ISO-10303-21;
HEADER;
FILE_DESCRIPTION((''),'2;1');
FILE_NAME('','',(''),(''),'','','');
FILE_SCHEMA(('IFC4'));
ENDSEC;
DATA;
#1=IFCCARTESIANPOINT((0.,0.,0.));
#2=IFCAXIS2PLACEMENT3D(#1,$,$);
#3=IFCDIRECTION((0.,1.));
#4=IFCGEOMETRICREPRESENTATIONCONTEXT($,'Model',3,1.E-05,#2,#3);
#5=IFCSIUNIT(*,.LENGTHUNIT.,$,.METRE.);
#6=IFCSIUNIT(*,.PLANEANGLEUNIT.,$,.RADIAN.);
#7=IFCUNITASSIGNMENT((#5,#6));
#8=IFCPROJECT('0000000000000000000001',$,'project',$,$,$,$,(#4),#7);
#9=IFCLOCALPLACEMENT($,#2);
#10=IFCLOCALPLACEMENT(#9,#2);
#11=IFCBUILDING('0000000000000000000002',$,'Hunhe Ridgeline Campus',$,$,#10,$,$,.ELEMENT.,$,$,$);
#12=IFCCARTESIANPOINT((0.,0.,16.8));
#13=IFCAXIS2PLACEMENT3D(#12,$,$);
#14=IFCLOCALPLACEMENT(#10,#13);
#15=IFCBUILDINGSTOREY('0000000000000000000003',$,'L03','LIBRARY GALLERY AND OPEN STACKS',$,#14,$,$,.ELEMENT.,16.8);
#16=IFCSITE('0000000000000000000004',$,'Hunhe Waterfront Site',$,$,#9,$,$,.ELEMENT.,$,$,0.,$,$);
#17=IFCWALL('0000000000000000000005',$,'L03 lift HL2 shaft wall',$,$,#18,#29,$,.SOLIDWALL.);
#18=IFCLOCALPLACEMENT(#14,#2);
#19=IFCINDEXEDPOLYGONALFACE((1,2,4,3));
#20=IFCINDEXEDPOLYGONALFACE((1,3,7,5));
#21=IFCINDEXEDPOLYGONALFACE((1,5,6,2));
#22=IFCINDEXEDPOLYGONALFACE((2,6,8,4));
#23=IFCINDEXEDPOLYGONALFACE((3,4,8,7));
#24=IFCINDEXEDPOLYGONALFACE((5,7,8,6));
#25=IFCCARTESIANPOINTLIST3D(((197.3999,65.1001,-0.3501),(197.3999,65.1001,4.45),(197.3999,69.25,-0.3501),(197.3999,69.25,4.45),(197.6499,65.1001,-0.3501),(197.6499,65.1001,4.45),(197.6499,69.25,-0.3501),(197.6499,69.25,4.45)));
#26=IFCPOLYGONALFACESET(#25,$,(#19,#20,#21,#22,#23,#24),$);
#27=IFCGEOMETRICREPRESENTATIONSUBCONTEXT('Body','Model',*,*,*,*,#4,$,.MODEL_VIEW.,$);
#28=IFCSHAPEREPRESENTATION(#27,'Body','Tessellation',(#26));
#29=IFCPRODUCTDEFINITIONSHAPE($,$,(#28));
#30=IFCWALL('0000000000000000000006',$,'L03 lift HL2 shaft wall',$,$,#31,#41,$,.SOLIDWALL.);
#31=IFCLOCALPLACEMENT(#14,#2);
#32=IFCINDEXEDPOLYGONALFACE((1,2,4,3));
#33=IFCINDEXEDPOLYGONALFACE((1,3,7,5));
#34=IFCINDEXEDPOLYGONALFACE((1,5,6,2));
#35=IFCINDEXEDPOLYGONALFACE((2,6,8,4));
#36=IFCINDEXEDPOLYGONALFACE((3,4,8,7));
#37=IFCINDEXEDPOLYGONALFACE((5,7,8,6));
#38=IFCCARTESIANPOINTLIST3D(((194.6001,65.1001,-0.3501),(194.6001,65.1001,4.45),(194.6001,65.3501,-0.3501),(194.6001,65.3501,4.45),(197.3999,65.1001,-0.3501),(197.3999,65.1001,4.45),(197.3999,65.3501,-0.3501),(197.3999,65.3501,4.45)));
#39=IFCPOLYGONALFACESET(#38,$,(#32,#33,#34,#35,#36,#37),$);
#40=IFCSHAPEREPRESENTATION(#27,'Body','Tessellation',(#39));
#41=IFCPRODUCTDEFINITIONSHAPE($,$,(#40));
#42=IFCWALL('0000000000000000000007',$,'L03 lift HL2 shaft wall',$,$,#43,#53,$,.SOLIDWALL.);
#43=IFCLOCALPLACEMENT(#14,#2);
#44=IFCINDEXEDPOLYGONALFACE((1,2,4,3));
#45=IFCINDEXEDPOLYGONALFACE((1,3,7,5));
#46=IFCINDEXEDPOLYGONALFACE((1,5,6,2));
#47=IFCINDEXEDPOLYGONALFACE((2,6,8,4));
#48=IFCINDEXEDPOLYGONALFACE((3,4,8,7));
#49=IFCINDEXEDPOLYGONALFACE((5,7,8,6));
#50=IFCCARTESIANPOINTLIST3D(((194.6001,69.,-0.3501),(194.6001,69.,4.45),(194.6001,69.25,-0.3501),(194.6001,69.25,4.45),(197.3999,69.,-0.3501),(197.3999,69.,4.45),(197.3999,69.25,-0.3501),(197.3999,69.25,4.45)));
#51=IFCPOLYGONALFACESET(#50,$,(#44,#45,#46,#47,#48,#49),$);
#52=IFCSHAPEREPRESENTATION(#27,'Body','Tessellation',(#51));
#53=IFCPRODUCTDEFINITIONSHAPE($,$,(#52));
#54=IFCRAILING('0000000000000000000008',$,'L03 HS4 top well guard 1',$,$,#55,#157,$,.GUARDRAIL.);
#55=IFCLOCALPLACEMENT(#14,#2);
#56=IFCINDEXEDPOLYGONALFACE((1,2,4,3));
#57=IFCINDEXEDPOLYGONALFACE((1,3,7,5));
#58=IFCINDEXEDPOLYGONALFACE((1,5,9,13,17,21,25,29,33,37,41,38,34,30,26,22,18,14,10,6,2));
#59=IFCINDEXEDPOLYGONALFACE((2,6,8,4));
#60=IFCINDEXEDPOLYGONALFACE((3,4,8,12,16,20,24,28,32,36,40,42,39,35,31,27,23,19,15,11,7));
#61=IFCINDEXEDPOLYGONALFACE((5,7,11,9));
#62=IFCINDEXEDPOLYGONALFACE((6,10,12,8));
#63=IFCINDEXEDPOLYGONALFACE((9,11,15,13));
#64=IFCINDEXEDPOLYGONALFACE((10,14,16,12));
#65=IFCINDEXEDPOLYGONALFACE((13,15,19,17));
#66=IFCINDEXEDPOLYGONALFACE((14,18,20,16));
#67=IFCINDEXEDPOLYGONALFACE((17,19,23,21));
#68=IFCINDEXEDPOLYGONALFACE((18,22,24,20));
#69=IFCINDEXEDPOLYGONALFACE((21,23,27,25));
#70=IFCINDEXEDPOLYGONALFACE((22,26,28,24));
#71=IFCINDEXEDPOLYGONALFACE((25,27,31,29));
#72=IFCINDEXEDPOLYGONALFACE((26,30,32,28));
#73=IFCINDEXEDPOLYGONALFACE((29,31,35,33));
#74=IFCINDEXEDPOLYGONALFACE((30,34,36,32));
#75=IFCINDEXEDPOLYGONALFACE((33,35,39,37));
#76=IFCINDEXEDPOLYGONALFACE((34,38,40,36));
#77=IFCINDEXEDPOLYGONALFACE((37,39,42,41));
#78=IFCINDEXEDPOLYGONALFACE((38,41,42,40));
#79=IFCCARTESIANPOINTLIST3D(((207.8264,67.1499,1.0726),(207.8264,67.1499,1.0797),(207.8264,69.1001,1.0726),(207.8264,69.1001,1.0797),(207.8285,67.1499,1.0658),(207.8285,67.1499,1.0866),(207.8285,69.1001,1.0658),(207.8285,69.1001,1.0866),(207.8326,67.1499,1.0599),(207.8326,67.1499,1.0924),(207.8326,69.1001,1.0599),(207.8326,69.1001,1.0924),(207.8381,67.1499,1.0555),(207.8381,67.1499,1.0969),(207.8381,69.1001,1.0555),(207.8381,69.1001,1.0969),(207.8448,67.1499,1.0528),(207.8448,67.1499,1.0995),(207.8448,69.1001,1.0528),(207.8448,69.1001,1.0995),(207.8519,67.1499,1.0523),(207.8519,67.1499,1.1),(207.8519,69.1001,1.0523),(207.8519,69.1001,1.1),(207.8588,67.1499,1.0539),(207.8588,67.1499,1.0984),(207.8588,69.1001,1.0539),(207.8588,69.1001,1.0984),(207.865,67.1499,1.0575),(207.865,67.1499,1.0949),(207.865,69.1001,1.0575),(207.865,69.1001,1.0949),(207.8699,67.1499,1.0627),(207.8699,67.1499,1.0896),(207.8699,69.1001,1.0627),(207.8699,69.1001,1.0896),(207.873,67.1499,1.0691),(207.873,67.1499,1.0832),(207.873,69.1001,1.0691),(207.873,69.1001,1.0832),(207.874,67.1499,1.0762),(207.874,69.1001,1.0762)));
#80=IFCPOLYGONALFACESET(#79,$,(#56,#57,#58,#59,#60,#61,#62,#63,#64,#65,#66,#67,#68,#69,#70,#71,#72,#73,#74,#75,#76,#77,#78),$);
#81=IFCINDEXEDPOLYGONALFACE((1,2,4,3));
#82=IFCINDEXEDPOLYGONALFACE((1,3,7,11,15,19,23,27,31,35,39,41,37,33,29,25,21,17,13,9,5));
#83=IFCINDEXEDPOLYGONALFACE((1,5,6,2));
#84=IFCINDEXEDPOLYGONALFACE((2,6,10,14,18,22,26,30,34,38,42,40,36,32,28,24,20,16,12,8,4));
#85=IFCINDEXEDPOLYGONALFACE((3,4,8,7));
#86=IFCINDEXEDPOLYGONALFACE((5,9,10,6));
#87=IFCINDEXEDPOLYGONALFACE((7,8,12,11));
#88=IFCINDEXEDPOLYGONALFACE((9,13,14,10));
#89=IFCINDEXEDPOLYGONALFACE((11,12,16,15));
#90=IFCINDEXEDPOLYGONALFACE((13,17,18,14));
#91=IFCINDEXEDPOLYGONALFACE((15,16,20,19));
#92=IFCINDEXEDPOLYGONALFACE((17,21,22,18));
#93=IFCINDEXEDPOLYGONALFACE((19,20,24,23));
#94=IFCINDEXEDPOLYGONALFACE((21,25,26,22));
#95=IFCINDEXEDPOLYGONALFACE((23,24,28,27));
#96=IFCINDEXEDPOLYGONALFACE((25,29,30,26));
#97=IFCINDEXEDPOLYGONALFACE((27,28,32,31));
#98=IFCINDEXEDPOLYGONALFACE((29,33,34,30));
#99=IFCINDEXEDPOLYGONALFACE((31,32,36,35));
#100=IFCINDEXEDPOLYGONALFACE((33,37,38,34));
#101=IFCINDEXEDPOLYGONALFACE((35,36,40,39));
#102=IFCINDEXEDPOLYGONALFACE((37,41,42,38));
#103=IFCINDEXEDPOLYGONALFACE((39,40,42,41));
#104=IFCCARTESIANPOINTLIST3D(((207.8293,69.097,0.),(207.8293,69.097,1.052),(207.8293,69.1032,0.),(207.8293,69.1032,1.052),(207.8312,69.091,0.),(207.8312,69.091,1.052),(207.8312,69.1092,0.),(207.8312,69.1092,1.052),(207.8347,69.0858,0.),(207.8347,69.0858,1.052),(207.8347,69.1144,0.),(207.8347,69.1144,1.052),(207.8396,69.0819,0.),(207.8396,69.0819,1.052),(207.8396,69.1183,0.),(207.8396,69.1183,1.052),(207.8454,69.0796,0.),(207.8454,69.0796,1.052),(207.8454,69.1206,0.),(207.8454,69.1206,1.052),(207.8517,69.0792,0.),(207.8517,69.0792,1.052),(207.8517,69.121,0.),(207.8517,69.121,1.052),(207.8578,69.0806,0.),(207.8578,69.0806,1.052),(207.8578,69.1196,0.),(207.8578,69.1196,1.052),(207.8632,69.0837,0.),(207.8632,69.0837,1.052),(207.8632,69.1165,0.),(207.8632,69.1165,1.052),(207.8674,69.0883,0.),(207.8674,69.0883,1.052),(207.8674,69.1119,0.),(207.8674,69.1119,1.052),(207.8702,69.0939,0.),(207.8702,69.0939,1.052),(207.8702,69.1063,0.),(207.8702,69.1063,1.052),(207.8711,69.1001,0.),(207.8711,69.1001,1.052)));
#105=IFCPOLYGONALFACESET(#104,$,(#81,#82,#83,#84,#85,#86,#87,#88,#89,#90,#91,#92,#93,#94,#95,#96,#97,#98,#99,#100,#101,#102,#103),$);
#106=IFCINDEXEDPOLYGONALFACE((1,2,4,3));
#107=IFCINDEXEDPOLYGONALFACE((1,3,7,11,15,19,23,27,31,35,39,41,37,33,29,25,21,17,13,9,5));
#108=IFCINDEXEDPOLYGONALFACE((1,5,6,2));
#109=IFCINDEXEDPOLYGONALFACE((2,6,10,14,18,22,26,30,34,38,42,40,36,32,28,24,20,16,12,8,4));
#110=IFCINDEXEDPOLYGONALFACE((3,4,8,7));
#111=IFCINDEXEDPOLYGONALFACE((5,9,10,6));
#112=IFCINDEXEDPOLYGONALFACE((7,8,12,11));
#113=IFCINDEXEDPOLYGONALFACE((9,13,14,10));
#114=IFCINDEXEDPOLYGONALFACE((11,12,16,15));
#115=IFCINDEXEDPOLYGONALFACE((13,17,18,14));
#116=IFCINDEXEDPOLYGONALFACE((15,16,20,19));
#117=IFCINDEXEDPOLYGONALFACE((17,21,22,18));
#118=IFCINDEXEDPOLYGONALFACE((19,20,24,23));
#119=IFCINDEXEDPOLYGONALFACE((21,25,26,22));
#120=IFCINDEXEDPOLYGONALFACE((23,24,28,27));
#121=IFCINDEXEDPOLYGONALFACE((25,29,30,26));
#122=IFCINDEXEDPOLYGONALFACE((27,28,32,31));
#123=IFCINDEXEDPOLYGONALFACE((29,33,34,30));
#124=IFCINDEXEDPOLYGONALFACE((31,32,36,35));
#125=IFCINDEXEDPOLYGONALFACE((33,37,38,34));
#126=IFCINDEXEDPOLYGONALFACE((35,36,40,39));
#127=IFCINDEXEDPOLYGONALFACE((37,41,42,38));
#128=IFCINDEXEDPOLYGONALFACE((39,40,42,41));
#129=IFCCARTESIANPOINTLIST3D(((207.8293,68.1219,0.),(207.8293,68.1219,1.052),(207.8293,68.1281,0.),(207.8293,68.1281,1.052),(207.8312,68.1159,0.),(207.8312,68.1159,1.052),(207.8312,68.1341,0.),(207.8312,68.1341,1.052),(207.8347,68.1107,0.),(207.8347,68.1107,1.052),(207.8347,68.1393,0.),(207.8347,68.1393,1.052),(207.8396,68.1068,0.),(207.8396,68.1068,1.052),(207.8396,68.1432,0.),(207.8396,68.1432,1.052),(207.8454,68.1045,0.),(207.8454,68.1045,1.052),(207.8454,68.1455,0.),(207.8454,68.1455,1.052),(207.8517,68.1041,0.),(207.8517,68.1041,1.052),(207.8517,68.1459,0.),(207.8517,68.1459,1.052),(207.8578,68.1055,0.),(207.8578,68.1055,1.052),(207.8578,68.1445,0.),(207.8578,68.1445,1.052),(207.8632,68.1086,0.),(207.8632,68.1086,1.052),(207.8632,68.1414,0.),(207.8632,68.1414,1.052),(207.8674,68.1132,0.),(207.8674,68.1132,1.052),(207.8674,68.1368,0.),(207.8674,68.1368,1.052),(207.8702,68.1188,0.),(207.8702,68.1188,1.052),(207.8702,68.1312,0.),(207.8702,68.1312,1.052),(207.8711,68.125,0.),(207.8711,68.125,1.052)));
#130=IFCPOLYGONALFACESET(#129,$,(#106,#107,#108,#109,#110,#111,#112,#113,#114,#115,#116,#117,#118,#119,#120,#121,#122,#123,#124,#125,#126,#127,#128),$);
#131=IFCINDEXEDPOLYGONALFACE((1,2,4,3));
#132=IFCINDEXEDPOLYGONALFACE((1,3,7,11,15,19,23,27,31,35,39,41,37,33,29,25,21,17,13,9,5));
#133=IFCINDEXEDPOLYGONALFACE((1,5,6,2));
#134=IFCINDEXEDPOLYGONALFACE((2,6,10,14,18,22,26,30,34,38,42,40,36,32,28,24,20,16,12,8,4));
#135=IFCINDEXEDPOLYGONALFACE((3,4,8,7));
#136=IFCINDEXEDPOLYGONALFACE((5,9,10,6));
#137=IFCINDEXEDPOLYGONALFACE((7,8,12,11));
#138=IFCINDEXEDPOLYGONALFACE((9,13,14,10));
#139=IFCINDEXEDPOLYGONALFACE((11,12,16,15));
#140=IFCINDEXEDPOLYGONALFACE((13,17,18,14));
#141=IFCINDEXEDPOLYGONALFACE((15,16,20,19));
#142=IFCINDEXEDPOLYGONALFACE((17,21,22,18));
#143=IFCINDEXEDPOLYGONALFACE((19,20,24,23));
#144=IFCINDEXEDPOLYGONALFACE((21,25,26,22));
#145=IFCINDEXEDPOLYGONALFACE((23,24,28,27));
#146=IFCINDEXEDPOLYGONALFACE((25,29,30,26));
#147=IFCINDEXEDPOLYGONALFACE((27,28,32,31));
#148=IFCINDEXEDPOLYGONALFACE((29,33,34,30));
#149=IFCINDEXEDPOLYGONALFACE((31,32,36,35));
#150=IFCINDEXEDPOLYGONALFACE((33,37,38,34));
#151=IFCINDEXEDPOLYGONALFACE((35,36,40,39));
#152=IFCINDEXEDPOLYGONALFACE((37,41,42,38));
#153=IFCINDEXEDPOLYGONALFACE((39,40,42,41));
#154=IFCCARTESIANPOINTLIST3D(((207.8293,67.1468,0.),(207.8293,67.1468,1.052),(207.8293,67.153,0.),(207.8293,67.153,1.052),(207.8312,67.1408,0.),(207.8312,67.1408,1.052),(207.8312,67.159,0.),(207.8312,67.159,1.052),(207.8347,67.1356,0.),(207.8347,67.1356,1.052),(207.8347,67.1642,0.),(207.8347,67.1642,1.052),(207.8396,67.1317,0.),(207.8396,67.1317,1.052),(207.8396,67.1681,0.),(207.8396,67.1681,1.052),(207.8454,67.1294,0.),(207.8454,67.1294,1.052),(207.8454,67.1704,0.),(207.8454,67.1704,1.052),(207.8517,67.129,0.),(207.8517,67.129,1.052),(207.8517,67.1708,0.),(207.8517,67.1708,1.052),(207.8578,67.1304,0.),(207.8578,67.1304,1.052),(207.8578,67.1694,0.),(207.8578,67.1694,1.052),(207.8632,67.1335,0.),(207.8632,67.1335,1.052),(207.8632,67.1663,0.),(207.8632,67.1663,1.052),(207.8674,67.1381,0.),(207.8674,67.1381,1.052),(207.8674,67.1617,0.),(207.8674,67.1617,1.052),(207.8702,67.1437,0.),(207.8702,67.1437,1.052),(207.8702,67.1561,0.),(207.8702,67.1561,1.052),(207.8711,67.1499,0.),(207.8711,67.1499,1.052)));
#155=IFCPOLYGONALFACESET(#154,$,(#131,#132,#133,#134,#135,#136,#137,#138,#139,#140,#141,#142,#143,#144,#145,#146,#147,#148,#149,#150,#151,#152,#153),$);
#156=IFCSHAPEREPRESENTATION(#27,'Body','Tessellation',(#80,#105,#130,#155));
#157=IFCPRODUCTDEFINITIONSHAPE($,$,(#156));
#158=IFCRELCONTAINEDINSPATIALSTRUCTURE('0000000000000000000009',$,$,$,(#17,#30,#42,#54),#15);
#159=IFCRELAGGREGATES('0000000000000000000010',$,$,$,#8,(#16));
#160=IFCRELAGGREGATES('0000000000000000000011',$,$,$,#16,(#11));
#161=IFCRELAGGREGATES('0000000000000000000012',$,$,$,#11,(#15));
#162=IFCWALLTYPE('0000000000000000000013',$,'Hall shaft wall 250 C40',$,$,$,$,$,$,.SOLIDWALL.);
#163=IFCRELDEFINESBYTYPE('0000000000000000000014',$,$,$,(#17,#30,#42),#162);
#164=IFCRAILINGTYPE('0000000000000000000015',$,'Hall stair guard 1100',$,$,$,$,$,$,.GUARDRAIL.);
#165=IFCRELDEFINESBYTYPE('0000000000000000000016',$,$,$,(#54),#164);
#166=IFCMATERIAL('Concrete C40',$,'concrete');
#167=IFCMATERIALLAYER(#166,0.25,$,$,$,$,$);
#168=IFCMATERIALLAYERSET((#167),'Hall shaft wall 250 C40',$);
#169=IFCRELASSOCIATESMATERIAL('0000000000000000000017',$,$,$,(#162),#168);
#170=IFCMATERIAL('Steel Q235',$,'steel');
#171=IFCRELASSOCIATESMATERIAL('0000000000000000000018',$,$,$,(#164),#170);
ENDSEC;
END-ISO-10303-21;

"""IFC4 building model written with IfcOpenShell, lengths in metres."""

from ifc_helpers import new_model, si_unit, direction, frame, frame_2d, origin, origin_2d, place, context, subcontext, project, spatial, rectangle, circle, extrude, material, layer, layer_set, type_object, element, save


model = new_model("IFC4")

# Units and contexts
model_context = context("Model", 3, precision=1e-05, world=origin(), true_north=direction((0.0, 1.0)))
body_context = subcontext(model_context, "Body", "Model", "MODEL_VIEW")
ifc_project = project(units=[si_unit("LENGTHUNIT", "METRE"), si_unit("PLANEANGLEUNIT", "RADIAN")], contexts=[model_context])

# Site, building, storey
site_placement = place(None, origin())
site = spatial("IfcSite", under=ifc_project, at=site_placement, Name="Hunhe Waterfront Site", CompositionType="ELEMENT", RefElevation=0.0)
building_placement = place(site_placement, origin())
building = spatial("IfcBuilding", under=site, at=building_placement, Name="Hunhe Ridgeline Campus", CompositionType="ELEMENT")
storey_placement = place(building_placement, frame((0.0, 0.0, 16.8)))
storey = spatial("IfcBuildingStorey", under=building, at=storey_placement, Name="L03", Description="LIBRARY GALLERY AND OPEN STACKS", CompositionType="ELEMENT", Elevation=16.8)

# Shared definitions
ifc_material_1 = material(Name="Steel Q235", Category="steel")

# Shared definitions
ifc_material_2 = material(Name="Concrete C40", Category="concrete")
ifc_layer_1 = layer(ifc_material_2, 0.25)
ifc_layer_set_1 = layer_set([ifc_layer_1], Name="Hall shaft wall 250 C40")
wall_type_1 = type_object("IfcWallType", Name="Hall shaft wall 250 C40", PredefinedType="SOLIDWALL", material=ifc_layer_set_1)

# Walls
wall_1_placement = place(storey_placement, frame((197.5249, 69.25, -0.3501), z_axis=(0.0, 0.0, 1.0), x_axis=(0.0, -1.0, 0.0)))
element("IfcWall", 1, at=wall_1_placement, inside=storey, type_object=wall_type_1, Name="L03 lift HL2 shaft wall", PredefinedType="SOLIDWALL", context=body_context, shape_type="SweptSolid", body=[
    extrude(rectangle(XDim=4.1499, YDim=0.25, at=frame_2d((2.075, 0.0))), origin(), (0.0, 0.0, 1.0), 4.8),
])
for number, where, z_axis, x_axis, name in (
    (2, (197.3999, 65.2251, -0.3501), (0.0, 0.0, 1.0), (-1.0, 0.0, 0.0), "L03 lift HL2 shaft wall"),
    (3, (194.6001, 69.125, -0.3501), (0.0, 0.0, 1.0), (1.0, 0.0, 0.0), "L03 lift HL2 shaft wall"),
):
    element("IfcWall", number, at=place(storey_placement, frame(where, z_axis=z_axis, x_axis=x_axis)), inside=storey, type_object=wall_type_1, Name=name, PredefinedType="SOLIDWALL", context=body_context, shape_type="SweptSolid", body=[
        extrude(rectangle(XDim=2.7998, YDim=0.25, at=frame_2d((1.3999, 0.0))), origin(), (0.0, 0.0, 1.0), 4.8),
    ])

# Railing
railing_type = type_object("IfcRailingType", Name="Hall stair guard 1100", PredefinedType="GUARDRAIL", material=ifc_material_1)
railing_placement = place(storey_placement, frame((207.8501, 69.1001, 0.0)))
element("IfcRailing", 4, at=railing_placement, inside=storey, type_object=railing_type, Name="L03 HS4 top well guard 1", PredefinedType="GUARDRAIL", context=body_context, shape_type="SweptSolid", body=[
    extrude(circle(Radius=0.0239, at=origin_2d()), frame((0.0, 0.0, 1.0762), z_axis=(0.0, -1.0, 0.0), x_axis=(1.0, 0.0, 0.0)), (0.0, 0.0, 1.0), 1.9502),
    extrude(circle(Radius=0.021, at=origin_2d()), origin(), (0.0, 0.0, 1.0), 1.052),
    extrude(circle(Radius=0.021, at=origin_2d()), frame((0.0, -0.9751, 0.0)), (0.0, 0.0, 1.0), 1.052),
    extrude(circle(Radius=0.021, at=origin_2d()), frame((0.0, -1.9502, 0.0)), (0.0, 0.0, 1.0), 1.052),
])

save(model, "model.ifc")
